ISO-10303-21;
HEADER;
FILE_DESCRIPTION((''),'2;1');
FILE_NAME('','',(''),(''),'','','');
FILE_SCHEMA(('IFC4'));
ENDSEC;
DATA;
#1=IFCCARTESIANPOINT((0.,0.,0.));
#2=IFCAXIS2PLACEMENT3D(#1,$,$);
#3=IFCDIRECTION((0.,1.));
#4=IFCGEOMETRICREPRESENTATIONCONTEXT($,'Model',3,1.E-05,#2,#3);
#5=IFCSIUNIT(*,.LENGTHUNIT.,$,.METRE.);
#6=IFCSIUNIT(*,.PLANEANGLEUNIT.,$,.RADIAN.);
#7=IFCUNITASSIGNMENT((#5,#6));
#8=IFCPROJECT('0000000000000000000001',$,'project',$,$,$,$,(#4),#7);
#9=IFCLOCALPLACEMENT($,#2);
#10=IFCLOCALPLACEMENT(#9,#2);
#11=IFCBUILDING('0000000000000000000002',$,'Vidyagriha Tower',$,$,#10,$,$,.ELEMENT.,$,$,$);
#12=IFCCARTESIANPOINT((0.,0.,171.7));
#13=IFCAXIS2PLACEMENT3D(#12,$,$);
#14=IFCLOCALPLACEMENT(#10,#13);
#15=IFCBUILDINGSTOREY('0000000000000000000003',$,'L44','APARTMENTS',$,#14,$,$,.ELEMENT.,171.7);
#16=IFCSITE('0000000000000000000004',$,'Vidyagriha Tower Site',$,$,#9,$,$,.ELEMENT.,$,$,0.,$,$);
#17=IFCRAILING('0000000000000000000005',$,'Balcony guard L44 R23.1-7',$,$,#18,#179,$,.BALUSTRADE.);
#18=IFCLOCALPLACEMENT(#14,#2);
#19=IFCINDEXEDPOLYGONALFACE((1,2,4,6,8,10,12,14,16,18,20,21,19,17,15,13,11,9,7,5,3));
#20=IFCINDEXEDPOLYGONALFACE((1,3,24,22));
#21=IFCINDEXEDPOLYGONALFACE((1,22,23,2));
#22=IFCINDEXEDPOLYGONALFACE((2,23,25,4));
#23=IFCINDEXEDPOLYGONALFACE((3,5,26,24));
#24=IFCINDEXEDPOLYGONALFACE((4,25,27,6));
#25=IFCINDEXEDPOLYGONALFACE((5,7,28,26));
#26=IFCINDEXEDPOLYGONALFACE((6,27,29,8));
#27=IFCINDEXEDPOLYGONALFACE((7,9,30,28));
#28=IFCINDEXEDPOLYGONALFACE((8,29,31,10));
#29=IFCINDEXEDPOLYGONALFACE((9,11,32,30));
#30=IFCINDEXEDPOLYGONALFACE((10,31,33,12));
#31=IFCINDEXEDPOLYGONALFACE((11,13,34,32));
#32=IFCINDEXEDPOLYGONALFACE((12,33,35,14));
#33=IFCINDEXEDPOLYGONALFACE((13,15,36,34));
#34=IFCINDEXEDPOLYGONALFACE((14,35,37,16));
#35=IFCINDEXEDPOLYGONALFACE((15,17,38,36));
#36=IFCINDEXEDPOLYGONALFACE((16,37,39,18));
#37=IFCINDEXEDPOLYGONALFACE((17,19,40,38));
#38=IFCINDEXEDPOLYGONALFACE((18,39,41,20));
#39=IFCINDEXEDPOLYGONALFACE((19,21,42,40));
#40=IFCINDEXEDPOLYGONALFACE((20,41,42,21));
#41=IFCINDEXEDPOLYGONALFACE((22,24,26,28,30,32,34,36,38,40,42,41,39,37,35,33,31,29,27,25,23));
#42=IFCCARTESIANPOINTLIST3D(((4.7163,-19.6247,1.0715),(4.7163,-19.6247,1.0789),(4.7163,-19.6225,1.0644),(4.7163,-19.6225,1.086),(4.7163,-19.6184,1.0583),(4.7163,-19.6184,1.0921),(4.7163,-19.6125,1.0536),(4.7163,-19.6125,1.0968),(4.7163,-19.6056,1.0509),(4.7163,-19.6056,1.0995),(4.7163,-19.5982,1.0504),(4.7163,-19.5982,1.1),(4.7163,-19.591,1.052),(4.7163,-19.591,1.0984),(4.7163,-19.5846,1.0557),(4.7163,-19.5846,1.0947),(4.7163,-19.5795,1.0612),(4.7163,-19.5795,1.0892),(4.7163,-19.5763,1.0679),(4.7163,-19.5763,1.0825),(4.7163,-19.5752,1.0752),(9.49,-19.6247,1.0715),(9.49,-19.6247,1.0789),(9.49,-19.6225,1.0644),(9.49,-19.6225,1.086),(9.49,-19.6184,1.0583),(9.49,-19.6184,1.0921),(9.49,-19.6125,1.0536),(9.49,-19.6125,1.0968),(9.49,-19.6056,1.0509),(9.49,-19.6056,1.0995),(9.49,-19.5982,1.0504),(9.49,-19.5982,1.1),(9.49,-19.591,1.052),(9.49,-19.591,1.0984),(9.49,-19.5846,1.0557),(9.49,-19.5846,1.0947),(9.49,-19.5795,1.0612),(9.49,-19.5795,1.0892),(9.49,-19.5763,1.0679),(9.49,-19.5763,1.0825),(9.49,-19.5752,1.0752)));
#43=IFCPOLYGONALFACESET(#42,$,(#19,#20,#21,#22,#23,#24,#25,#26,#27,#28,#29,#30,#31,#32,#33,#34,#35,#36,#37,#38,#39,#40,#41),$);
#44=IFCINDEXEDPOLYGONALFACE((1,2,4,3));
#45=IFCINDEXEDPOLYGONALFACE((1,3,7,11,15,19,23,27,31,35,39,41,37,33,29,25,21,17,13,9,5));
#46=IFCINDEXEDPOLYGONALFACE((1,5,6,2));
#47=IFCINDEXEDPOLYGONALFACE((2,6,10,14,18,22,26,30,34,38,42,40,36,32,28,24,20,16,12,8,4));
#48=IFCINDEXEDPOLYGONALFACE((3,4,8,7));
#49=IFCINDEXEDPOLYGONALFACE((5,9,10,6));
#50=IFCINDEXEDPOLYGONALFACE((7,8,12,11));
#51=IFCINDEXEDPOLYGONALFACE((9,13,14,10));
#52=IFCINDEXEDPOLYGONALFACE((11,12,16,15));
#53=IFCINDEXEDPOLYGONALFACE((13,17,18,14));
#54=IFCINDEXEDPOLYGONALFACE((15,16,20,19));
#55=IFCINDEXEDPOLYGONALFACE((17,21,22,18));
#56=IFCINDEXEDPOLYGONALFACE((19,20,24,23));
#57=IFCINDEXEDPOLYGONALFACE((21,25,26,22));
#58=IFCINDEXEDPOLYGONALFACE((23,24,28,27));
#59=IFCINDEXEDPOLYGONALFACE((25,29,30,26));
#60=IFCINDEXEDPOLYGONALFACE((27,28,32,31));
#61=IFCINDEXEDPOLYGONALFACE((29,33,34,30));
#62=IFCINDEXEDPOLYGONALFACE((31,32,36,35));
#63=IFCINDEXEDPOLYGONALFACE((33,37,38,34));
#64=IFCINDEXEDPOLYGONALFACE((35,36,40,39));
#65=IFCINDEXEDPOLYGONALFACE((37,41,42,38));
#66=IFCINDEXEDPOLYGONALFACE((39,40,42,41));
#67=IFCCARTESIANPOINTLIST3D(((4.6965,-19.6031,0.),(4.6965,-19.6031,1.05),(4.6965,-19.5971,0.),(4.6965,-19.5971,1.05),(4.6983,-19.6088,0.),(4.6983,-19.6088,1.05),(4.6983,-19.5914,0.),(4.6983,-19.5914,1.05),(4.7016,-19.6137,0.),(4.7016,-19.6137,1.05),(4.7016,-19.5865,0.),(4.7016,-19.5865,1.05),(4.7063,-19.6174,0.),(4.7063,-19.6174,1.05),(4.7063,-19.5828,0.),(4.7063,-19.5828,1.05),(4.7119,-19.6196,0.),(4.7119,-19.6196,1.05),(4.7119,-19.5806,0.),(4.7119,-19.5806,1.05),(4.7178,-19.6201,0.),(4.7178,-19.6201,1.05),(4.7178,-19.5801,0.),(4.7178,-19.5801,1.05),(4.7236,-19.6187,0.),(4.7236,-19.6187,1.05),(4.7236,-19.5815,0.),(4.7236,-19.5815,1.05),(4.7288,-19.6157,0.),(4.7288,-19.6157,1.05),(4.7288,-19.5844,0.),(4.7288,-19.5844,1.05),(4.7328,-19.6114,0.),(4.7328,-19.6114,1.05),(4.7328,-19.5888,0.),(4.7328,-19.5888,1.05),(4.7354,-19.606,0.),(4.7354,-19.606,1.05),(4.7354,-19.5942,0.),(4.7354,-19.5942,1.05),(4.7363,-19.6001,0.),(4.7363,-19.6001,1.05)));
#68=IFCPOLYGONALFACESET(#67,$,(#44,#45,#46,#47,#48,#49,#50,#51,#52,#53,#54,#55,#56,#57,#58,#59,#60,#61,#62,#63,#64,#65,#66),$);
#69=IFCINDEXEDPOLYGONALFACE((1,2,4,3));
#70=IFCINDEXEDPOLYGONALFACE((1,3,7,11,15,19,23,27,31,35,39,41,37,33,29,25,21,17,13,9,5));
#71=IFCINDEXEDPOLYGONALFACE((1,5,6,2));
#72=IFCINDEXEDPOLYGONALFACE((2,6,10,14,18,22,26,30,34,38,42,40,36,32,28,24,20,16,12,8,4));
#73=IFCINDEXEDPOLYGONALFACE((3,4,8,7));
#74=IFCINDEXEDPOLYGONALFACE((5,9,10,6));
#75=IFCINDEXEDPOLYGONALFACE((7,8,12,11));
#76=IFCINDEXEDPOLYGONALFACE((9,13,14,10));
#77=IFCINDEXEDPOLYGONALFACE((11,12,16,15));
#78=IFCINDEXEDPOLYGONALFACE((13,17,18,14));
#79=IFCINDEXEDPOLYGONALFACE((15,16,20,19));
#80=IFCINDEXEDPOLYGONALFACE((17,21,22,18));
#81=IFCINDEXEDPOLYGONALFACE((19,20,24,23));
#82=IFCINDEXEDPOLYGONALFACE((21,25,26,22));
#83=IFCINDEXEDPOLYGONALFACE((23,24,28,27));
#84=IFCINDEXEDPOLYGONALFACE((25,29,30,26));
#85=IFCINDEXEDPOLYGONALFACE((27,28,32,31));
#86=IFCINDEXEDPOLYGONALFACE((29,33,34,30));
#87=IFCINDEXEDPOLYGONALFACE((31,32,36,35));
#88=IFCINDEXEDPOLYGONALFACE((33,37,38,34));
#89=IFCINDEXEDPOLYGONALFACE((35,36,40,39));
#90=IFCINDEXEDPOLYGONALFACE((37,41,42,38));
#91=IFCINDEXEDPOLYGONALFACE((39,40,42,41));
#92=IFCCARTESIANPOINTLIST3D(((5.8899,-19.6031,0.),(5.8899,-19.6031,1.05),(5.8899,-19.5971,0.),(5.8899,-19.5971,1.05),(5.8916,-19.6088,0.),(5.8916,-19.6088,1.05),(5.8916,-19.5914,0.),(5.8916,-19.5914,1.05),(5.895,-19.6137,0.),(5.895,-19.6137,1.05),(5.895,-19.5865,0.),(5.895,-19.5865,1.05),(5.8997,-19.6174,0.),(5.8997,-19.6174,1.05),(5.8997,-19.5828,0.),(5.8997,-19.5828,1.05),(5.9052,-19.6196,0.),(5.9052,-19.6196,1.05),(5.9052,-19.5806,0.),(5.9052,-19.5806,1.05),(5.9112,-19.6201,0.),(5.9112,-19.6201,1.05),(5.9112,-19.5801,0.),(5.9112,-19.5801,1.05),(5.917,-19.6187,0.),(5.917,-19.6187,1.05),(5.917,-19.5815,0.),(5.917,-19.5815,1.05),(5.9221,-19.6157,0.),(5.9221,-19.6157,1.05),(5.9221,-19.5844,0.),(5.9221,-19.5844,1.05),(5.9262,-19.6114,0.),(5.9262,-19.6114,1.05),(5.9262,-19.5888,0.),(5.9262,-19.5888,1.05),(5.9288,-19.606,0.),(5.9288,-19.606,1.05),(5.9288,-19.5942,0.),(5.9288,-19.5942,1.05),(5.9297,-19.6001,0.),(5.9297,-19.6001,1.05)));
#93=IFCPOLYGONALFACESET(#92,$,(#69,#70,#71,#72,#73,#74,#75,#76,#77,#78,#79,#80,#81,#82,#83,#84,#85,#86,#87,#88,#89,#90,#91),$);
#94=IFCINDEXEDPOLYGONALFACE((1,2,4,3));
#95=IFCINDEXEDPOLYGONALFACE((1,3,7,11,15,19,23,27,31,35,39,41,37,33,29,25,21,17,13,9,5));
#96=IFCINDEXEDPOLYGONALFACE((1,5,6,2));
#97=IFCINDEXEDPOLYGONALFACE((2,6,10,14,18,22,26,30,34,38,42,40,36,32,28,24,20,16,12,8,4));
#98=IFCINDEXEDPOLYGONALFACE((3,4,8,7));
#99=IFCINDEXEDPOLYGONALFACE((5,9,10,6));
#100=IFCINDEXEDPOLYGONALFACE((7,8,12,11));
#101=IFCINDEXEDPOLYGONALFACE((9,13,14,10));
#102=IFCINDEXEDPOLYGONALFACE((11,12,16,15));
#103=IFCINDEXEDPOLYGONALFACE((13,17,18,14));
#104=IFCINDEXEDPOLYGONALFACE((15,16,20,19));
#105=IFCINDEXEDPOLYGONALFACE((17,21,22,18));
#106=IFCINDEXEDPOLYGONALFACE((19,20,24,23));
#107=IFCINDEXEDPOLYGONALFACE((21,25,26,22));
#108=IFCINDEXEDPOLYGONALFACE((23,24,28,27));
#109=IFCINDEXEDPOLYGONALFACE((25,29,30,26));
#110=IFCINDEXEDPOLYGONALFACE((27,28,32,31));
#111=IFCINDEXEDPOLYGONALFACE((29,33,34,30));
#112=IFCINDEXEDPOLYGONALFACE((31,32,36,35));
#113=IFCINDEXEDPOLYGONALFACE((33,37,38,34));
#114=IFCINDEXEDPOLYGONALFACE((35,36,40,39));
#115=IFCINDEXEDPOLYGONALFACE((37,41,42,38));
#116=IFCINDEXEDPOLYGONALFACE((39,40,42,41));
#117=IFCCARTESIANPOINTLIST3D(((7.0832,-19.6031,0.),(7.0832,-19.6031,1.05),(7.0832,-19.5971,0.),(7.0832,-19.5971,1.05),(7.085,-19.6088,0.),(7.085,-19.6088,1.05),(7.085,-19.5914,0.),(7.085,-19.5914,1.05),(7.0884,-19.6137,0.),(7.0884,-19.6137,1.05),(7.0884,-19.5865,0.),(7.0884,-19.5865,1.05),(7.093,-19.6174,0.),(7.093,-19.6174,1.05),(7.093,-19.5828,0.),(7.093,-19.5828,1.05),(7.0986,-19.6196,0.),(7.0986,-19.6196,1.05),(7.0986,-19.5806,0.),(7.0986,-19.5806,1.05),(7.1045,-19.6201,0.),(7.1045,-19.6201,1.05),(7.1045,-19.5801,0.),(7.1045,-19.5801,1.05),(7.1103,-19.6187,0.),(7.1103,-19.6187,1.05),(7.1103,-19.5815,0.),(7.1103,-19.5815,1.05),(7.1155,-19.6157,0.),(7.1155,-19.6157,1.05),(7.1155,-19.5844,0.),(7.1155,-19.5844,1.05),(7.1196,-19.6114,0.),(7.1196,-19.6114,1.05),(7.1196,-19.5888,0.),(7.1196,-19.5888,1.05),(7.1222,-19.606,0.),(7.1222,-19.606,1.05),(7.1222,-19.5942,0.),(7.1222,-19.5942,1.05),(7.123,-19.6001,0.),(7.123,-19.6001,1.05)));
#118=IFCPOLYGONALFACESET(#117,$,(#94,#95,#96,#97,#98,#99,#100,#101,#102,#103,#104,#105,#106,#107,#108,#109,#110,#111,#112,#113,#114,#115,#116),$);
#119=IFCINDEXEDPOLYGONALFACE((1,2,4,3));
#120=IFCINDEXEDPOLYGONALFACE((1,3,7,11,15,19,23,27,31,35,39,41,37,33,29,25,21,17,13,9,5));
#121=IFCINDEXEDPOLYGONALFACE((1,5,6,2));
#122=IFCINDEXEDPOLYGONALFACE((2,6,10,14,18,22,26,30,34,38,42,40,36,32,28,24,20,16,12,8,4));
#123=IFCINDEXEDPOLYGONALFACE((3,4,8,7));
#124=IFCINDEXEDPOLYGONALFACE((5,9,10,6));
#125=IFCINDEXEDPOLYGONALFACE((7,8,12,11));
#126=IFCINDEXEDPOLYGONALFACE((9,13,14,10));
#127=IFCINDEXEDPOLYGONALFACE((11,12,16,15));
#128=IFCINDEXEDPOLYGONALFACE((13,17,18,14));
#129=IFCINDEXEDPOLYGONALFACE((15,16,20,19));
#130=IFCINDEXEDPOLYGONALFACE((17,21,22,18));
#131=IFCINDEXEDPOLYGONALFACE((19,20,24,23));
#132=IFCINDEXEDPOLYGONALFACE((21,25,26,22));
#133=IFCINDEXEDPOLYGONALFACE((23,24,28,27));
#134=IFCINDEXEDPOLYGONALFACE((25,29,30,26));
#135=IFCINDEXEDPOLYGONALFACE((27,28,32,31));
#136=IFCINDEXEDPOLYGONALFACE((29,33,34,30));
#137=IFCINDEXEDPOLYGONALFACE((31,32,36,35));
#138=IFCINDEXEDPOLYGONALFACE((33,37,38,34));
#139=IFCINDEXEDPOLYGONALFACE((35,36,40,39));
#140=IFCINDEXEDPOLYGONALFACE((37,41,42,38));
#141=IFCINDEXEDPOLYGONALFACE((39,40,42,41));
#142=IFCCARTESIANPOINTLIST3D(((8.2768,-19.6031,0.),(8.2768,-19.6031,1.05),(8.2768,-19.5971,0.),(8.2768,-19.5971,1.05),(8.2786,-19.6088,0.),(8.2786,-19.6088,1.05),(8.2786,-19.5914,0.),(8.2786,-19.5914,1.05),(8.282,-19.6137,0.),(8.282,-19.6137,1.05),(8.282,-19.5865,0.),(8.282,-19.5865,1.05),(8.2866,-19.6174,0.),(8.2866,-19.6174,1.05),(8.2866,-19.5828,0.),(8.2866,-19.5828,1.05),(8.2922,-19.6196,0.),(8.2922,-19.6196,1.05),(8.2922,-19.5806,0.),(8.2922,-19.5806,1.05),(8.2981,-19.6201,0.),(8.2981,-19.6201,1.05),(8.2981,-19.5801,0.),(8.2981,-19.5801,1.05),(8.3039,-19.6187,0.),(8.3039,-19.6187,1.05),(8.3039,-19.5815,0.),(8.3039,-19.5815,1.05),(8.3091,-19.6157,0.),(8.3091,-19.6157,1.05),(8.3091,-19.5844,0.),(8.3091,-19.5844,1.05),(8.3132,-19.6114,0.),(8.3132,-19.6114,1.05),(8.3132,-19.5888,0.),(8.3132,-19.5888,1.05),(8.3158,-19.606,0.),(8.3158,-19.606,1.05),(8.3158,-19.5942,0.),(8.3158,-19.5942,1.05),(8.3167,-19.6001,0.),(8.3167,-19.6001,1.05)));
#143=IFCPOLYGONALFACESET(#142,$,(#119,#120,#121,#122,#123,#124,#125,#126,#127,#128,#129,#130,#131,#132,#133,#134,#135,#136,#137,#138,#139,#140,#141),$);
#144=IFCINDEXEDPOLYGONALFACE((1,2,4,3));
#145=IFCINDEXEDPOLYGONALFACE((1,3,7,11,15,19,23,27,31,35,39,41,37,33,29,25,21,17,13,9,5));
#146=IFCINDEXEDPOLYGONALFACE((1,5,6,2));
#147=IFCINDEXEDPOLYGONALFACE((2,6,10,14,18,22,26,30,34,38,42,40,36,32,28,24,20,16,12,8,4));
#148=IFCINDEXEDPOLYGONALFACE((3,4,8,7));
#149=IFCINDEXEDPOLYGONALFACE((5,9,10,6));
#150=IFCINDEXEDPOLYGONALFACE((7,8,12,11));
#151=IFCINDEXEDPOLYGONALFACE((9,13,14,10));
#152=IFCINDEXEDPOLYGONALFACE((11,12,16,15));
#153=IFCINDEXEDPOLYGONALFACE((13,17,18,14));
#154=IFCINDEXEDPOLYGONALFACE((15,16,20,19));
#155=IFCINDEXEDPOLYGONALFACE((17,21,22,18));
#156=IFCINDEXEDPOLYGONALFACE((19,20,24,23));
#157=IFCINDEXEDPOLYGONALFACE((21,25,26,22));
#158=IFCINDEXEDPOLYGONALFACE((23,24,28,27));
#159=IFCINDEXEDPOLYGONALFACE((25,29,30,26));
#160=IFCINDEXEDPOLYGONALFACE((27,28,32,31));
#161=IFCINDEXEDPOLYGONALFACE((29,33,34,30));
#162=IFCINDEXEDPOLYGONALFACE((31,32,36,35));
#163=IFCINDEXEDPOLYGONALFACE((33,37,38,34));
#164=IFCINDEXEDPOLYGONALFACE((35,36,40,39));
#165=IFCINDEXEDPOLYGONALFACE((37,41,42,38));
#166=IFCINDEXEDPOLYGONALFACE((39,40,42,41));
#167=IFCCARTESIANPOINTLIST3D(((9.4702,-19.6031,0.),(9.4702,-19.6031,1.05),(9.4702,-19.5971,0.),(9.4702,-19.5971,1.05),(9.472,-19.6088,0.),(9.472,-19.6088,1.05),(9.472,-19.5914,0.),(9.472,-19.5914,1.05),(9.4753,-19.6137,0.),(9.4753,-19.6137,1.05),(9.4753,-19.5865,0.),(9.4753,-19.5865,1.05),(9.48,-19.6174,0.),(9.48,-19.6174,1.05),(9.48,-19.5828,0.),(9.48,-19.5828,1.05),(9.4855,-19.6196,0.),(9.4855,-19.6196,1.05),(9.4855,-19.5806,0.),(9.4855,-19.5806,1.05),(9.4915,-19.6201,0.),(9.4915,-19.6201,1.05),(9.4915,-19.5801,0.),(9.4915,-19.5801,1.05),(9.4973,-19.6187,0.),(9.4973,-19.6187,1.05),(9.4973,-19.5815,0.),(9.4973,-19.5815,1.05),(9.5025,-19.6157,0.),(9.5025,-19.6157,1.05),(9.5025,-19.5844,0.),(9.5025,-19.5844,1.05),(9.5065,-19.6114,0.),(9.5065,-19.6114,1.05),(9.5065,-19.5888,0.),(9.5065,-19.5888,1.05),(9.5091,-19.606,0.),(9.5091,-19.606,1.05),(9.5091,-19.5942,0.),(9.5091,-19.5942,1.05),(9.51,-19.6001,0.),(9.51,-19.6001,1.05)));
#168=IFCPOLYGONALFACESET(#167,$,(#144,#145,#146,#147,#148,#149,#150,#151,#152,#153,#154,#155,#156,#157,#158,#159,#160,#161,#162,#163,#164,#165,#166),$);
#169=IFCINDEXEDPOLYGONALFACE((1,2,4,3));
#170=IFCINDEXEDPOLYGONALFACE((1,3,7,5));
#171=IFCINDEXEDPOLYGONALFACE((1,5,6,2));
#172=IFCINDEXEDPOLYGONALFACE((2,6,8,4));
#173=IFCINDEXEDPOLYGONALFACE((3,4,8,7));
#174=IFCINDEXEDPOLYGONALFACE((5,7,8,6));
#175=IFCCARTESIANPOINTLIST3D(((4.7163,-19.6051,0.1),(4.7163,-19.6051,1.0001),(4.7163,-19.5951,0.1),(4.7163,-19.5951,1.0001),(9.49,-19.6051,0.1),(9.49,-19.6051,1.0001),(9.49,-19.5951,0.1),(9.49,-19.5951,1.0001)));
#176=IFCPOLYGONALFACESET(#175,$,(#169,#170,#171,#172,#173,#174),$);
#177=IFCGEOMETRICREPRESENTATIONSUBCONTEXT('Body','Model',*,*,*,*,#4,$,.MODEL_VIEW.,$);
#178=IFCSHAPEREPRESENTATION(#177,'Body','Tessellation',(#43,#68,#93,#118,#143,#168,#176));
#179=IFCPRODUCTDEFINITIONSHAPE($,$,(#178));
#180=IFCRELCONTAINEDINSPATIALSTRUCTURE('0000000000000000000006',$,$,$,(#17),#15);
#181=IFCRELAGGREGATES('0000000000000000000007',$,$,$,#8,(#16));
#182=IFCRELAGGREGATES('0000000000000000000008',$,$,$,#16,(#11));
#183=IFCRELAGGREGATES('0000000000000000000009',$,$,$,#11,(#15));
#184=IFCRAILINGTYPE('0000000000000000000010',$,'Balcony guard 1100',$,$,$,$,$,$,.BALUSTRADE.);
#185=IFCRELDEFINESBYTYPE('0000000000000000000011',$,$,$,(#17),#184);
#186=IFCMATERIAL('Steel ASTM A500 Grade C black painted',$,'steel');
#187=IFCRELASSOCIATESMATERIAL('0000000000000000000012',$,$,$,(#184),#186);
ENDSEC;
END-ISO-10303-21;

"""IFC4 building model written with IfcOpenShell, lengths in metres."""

from ifc_helpers import new_model, si_unit, direction, frame, origin, origin_2d, place, context, subcontext, project, spatial, rectangle, circle, extrude, material, type_object, element, save


model = new_model("IFC4")

# Units and contexts
model_context = context("Model", 3, precision=1e-05, world=origin(), true_north=direction((0.0, 1.0)))
body_context = subcontext(model_context, "Body", "Model", "MODEL_VIEW")
ifc_project = project(units=[si_unit("LENGTHUNIT", "METRE"), si_unit("PLANEANGLEUNIT", "RADIAN")], contexts=[model_context])

# Site, building, storey
site_placement = place(None, origin())
site = spatial("IfcSite", under=ifc_project, at=site_placement, Name="Vidyagriha Tower Site", CompositionType="ELEMENT", RefElevation=0.0)
building_placement = place(site_placement, origin())
building = spatial("IfcBuilding", under=site, at=building_placement, Name="Vidyagriha Tower", CompositionType="ELEMENT")
storey_placement = place(building_placement, frame((0.0, 0.0, 171.7)))
storey = spatial("IfcBuildingStorey", under=building, at=storey_placement, Name="L44", Description="APARTMENTS", CompositionType="ELEMENT", Elevation=171.7)

# Railing
ifc_material_1 = material(Name="Steel ASTM A500 Grade C black painted", Category="steel")
railing_type = type_object("IfcRailingType", Name="Balcony guard 1100", PredefinedType="BALUSTRADE", material=ifc_material_1)
railing_1_placement = place(storey_placement, frame((4.7163, -19.6001, 0.0)))
element("IfcRailing", 1, at=railing_1_placement, inside=storey, type_object=railing_type, Name="Balcony guard L44 R23.1-7", PredefinedType="BALUSTRADE", context=body_context, shape_type="SweptSolid", body=[
    extrude(circle(Radius=0.0249, at=origin_2d()), frame((0.0, 0.0, 1.0752), z_axis=(1.0, 0.0, 0.0), x_axis=(0.0, 1.0, 0.0)), (0.0, 0.0, 1.0), 4.7737),
    extrude(circle(Radius=0.02, at=origin_2d()), origin(), (0.0, 0.0, 1.0), 1.05),
    extrude(circle(Radius=0.02, at=origin_2d()), frame((1.1934, 0.0, 0.0)), (0.0, 0.0, 1.0), 1.05),
    extrude(circle(Radius=0.02, at=origin_2d()), frame((2.3867, 0.0, 0.0)), (0.0, 0.0, 1.0), 1.05),
    extrude(circle(Radius=0.02, at=origin_2d()), frame((3.5803, 0.0, 0.0)), (0.0, 0.0, 1.0), 1.05),
    extrude(circle(Radius=0.02, at=origin_2d()), frame((4.7737, 0.0, 0.0)), (0.0, 0.0, 1.0), 1.05),
    extrude(rectangle(XDim=0.01, YDim=0.9001, at=origin_2d()), frame((0.0, 0.0, 0.55), z_axis=(1.0, 0.0, 0.0), x_axis=(0.0, 1.0, 0.0)), (0.0, 0.0, 1.0), 4.7737),
])

save(model, "model.ifc")
